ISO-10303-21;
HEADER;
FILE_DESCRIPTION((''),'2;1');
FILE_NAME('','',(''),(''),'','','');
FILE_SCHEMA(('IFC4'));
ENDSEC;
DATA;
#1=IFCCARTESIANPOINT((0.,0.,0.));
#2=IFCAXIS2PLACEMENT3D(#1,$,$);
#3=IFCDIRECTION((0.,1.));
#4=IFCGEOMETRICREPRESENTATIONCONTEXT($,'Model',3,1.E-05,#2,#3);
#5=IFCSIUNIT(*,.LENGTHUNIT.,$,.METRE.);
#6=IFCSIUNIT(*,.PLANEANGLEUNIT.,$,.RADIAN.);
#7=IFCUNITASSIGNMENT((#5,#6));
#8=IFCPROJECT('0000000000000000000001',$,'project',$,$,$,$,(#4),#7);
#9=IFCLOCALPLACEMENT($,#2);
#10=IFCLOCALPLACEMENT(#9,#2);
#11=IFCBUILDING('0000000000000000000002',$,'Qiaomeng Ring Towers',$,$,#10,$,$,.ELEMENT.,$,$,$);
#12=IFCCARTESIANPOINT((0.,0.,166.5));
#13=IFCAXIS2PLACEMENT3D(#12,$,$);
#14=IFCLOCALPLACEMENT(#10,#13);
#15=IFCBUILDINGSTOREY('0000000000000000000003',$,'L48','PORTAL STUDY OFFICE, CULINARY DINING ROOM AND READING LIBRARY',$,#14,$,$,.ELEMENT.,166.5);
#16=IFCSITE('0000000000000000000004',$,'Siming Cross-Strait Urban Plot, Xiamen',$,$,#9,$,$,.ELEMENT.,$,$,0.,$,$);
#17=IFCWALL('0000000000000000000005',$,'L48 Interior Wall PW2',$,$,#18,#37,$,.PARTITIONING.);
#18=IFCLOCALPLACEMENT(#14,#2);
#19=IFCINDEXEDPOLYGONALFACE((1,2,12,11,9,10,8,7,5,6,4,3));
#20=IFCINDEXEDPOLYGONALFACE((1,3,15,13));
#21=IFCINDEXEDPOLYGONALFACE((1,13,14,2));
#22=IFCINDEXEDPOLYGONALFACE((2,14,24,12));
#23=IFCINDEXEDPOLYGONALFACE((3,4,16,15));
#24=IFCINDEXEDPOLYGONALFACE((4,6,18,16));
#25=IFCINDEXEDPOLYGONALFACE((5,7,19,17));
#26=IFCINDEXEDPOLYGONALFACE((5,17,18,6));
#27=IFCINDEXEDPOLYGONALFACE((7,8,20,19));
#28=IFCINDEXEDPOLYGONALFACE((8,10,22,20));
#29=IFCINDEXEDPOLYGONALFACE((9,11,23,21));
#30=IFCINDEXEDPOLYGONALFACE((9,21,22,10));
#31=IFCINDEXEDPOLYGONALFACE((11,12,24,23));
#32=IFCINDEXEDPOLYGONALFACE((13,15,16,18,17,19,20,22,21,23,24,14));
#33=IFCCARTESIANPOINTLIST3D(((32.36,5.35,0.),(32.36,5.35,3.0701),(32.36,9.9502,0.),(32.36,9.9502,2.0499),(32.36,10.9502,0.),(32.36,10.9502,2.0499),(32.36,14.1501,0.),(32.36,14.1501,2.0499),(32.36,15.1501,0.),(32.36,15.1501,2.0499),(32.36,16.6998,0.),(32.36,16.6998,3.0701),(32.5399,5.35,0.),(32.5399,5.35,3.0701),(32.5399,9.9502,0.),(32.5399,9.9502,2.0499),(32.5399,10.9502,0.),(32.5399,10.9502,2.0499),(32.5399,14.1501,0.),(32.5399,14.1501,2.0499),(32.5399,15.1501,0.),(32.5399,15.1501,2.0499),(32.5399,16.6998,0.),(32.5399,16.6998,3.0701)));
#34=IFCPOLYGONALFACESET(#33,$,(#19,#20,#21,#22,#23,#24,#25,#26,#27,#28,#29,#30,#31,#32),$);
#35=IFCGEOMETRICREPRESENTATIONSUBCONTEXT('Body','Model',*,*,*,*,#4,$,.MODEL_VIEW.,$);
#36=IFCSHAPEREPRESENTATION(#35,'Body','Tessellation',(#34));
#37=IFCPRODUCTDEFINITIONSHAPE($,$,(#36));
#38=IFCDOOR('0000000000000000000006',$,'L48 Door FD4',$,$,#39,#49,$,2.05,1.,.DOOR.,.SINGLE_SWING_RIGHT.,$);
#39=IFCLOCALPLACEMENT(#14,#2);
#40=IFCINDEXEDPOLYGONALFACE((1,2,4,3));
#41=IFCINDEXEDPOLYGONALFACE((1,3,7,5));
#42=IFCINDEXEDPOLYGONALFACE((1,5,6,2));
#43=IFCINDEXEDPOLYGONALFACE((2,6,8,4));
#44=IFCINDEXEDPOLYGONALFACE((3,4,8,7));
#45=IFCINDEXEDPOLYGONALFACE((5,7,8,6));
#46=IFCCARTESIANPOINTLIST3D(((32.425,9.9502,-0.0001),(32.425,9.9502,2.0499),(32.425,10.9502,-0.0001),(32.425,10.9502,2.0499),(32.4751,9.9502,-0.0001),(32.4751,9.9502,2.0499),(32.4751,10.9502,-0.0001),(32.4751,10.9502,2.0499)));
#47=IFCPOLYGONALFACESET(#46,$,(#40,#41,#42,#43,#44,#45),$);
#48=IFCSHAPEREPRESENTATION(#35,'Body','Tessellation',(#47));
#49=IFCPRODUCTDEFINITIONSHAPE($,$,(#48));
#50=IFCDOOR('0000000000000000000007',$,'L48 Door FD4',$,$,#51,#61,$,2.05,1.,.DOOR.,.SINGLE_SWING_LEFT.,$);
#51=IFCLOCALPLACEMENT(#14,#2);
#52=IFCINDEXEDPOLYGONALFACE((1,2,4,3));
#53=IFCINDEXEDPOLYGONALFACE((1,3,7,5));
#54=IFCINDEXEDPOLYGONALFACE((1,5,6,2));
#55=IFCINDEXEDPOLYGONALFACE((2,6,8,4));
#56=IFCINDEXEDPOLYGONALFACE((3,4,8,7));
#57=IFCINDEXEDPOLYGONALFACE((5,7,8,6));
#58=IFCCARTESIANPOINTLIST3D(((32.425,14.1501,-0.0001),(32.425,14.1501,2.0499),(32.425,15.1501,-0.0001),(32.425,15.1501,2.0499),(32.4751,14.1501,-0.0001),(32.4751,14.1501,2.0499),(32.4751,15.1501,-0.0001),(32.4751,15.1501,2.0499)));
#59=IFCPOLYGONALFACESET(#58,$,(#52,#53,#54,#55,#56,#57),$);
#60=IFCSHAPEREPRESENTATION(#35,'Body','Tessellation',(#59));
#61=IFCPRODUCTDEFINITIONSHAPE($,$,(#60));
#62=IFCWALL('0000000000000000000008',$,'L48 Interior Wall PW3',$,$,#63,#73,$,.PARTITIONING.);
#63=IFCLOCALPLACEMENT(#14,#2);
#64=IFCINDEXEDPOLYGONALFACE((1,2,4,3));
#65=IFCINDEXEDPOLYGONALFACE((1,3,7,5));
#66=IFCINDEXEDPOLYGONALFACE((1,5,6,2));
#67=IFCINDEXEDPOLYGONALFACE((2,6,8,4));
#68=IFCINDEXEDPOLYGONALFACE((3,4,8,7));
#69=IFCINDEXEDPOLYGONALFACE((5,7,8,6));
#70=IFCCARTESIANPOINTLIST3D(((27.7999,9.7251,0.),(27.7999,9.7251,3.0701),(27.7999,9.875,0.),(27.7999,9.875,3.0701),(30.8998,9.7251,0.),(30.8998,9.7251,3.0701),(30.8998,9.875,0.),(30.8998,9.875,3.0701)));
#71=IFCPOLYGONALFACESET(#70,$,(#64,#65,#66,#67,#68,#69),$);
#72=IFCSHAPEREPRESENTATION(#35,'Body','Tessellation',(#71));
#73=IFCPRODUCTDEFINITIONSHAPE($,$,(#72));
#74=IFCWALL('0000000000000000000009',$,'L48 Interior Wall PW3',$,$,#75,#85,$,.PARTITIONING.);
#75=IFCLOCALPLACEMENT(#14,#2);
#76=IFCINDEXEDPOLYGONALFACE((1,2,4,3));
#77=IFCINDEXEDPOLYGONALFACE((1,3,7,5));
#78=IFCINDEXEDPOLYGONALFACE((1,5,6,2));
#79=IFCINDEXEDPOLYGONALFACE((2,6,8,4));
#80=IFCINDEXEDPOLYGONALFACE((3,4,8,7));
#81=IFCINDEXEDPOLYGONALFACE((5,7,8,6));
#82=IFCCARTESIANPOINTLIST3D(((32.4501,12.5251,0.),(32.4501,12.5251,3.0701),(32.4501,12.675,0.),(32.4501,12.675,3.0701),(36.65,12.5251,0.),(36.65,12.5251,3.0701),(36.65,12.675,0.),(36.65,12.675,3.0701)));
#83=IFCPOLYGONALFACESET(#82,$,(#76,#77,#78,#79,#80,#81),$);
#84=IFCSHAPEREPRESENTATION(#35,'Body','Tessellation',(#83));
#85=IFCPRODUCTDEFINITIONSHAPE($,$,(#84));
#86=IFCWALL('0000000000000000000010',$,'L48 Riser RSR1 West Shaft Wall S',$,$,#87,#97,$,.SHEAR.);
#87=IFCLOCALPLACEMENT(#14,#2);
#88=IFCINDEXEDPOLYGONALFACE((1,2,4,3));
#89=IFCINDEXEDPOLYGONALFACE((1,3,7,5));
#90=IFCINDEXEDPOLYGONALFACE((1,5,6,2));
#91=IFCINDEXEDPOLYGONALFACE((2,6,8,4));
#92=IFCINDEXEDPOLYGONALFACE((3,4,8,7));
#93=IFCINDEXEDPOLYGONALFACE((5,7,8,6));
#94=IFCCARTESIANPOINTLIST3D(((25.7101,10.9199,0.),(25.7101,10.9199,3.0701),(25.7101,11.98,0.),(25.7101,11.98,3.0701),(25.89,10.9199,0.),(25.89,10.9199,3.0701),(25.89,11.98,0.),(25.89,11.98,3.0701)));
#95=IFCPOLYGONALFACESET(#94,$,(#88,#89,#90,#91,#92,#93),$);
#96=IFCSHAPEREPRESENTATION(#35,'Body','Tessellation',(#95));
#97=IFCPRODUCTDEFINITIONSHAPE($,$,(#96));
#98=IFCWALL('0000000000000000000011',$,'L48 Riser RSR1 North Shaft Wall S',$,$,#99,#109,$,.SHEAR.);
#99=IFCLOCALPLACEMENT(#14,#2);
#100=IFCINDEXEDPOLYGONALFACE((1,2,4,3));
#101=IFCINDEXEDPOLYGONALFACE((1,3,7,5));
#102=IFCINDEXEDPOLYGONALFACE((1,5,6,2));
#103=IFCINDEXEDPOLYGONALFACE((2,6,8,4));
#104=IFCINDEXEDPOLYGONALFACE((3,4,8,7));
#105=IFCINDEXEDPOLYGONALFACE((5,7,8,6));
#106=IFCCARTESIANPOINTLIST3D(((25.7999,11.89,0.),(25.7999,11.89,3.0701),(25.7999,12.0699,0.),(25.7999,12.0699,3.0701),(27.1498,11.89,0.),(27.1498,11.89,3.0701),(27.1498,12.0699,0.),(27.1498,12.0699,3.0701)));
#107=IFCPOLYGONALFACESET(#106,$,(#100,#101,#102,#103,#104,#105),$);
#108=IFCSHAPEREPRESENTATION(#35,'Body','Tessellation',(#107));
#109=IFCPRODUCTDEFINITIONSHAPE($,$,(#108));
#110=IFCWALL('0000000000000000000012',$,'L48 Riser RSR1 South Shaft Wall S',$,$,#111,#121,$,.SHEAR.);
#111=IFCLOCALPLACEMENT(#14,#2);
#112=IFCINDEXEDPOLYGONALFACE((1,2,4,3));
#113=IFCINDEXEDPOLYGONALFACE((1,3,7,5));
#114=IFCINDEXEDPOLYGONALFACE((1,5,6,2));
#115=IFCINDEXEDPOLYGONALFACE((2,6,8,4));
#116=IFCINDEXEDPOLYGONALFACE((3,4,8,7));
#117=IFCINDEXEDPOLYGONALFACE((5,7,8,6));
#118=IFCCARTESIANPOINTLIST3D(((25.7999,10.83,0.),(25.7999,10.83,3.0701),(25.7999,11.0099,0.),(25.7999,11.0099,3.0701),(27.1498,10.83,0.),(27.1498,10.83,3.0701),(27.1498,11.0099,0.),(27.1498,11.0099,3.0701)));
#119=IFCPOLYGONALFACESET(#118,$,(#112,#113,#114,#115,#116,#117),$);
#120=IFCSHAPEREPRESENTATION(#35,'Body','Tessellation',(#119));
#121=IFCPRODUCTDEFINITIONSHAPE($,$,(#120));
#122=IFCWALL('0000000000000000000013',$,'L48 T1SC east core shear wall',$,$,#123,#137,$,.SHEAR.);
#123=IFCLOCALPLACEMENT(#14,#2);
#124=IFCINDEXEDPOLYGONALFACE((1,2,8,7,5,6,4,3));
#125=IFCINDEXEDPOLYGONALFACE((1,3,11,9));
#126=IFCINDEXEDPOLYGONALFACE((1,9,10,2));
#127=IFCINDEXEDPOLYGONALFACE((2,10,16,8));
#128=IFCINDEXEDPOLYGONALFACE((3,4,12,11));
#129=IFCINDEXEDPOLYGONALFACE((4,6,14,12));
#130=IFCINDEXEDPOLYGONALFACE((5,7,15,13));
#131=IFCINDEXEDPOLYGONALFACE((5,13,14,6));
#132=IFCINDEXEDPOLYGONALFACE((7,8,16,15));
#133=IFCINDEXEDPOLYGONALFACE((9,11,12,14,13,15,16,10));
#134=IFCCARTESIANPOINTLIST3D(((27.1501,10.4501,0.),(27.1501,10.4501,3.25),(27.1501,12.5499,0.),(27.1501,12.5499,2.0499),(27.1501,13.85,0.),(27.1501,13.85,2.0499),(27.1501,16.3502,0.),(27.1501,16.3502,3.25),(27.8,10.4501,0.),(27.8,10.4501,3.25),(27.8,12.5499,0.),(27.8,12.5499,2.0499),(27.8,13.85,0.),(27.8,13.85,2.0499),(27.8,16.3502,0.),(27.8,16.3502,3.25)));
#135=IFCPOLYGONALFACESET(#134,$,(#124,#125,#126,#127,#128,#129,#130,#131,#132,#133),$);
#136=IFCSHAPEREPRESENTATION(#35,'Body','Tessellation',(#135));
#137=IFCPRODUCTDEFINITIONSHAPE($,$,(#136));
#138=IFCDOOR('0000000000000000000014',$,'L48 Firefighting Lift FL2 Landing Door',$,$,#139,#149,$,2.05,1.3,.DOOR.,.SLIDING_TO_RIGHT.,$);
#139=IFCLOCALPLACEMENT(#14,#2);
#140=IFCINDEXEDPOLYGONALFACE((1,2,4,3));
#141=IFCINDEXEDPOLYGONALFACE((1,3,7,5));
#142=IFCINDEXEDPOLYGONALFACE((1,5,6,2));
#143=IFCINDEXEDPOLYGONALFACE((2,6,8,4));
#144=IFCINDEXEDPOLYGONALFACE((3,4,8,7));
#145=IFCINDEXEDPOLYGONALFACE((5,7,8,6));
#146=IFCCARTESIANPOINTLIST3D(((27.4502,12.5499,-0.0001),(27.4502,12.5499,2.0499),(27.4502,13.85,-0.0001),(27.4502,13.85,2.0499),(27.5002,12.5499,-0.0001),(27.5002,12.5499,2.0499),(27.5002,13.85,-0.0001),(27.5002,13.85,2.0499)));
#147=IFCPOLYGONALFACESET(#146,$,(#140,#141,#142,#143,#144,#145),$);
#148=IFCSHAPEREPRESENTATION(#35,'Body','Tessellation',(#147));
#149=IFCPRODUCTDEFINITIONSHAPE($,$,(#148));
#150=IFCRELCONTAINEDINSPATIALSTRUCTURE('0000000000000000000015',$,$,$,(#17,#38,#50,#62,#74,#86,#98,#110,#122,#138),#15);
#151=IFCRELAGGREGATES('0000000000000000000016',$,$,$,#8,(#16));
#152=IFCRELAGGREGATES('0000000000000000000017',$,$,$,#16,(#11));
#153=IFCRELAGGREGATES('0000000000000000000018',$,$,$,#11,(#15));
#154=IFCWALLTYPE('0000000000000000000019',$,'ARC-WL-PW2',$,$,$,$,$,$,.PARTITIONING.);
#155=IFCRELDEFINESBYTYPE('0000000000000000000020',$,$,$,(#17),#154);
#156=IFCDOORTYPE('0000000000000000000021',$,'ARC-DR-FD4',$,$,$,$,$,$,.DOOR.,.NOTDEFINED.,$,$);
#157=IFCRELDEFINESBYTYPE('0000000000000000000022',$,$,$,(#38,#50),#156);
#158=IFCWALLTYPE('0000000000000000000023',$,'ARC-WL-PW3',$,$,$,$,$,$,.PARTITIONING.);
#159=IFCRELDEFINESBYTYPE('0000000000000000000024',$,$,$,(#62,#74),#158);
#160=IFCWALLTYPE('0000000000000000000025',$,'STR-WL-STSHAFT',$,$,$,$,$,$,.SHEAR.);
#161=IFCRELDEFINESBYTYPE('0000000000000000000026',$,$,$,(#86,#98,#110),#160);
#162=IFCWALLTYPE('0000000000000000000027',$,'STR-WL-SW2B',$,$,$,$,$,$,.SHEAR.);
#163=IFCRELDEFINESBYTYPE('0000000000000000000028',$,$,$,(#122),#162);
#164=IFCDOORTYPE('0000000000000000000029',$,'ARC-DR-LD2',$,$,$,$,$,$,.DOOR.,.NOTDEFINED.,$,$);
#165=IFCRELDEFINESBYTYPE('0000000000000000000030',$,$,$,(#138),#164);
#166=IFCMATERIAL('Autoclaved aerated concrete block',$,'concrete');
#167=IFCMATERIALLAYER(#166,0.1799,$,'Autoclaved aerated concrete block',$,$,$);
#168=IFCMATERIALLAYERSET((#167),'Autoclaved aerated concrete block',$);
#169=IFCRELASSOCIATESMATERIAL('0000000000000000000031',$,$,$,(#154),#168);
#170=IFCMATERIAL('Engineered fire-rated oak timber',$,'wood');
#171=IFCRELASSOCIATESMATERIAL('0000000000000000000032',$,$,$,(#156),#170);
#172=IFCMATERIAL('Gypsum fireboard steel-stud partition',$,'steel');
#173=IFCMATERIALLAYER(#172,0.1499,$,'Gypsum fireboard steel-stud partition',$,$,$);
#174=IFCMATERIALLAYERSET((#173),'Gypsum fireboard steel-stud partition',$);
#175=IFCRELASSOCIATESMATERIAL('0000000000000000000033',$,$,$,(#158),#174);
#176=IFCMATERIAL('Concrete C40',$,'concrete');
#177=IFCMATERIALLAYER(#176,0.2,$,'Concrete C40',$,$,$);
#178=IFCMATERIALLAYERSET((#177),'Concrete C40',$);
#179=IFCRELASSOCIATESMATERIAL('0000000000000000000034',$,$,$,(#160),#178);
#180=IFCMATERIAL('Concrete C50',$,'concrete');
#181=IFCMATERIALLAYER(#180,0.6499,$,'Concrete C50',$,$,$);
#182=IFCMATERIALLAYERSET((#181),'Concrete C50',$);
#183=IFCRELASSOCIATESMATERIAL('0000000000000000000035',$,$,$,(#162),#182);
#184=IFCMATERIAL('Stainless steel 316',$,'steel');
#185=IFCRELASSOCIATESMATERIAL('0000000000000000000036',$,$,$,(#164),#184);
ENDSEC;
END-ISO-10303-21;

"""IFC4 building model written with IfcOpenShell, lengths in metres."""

from ifc_helpers import new_model, si_unit, direction, frame, frame_2d, origin, place, context, subcontext, project, spatial, rectangle, extrude, source, transform, mapped, material, layer, layer_set, type_object, element, fill, save


model = new_model("IFC4")

# Units and contexts
model_context = context("Model", 3, precision=1e-05, world=origin(), true_north=direction((0.0, 1.0)))
body_context = subcontext(model_context, "Body", "Model", "MODEL_VIEW")
ifc_project = project(units=[si_unit("LENGTHUNIT", "METRE"), si_unit("PLANEANGLEUNIT", "RADIAN")], contexts=[model_context])

# Site, building, storey
site_placement = place(None, origin())
site = spatial("IfcSite", under=ifc_project, at=site_placement, Name="Siming Cross-Strait Urban Plot, Xiamen", CompositionType="ELEMENT", RefElevation=0.0)
building_placement = place(site_placement, origin())
building = spatial("IfcBuilding", under=site, at=building_placement, Name="Qiaomeng Ring Towers", CompositionType="ELEMENT")
storey_placement = place(building_placement, frame((0.0, 0.0, 166.5)))
storey = spatial("IfcBuildingStorey", under=building, at=storey_placement, Name="L48", Description="PORTAL STUDY OFFICE, CULINARY DINING ROOM AND READING LIBRARY", CompositionType="ELEMENT", Elevation=166.5)

# Shared definitions
ifc_material_1 = material(Name="Concrete C50", Category="concrete")

# Shared definitions
ifc_material_2 = material(Name="Autoclaved aerated concrete block", Category="concrete")

# Shared definitions
ifc_layer_1 = layer(ifc_material_2, 0.1799, Name="Autoclaved aerated concrete block")
ifc_layer_set_1 = layer_set([ifc_layer_1], Name="Autoclaved aerated concrete block")
wall_type_1 = type_object("IfcWallType", Name="ARC-WL-PW2", PredefinedType="PARTITIONING", material=ifc_layer_set_1)

# Wall, openings, doors
wall_1_placement = place(storey_placement, frame((32.45, 5.3501, 0.0), z_axis=(0.0, 0.0, 1.0), x_axis=(0.0, 1.0, 0.0)))
wall_1 = element("IfcWall", 1, at=wall_1_placement, inside=storey, type_object=wall_type_1, Name="L48 Interior Wall PW2", PredefinedType="PARTITIONING", context=body_context, shape_type="SweptSolid", body=[
    extrude(rectangle(XDim=11.3499, YDim=0.1799, at=frame_2d((5.6748, 0.0))), origin(), (0.0, 0.0, 1.0), 3.0701),
])
opening_1_placement = place(wall_1_placement, frame((4.6001, 0.0, 0.0)))
opening_1 = element("IfcOpeningElement", 2, at=opening_1_placement, cuts=wall_1, PredefinedType="OPENING", context=body_context, shape_type="SweptSolid", body=[
    extrude(rectangle(XDim=1.0, YDim=2.05, at=frame_2d((0.5, 1.0249))), frame((0.0, 0.0999, 0.0), z_axis=(0.0, -1.0, 0.0), x_axis=(1.0, 0.0, 0.0)), (0.0, 0.0, 1.0), 0.2),
])
opening_2_placement = place(wall_1_placement, frame((8.8, 0.0, 0.0)))
opening_2 = element("IfcOpeningElement", 3, at=opening_2_placement, cuts=wall_1, PredefinedType="OPENING", context=body_context, shape_type="SweptSolid", body=[
    extrude(rectangle(XDim=1.0, YDim=2.05, at=frame_2d((0.5, 1.0249))), frame((0.0, 0.0999, 0.0), z_axis=(0.0, -1.0, 0.0), x_axis=(1.0, 0.0, 0.0)), (0.0, 0.0, 1.0), 0.2),
])
ifc_material_3 = material(Name="Engineered fire-rated oak timber", Category="wood")
door_type_1 = type_object("IfcDoorType", Name="ARC-DR-FD4", OperationType="NOTDEFINED", PredefinedType="DOOR", material=ifc_material_3)
shared_shape_1 = source(origin(), body_context, "Body", "SweptSolid", [
    extrude(rectangle(XDim=1.0, YDim=2.05, at=frame_2d((0.5, 1.0249))), frame((0.0, 0.0249, 0.0), z_axis=(0.0, -1.0, 0.0), x_axis=(1.0, 0.0, 0.0)), (0.0, 0.0, 1.0), 0.05),
])
door_1_placement = place(opening_1_placement, origin())
door_1 = element("IfcDoor", 4, at=door_1_placement, inside=storey, type_object=door_type_1, Name="L48 Door FD4", OperationType="SINGLE_SWING_RIGHT", OverallHeight=2.05, OverallWidth=1.0, PredefinedType="DOOR", context=body_context, shape_type="MappedRepresentation", body=[
    mapped(shared_shape_1, transform((0.0, 0.0, 0.0), x_axis=(1.0, 0.0, 0.0), y_axis=(0.0, 1.0, 0.0), z_axis=(0.0, 0.0, 1.0), scale=1.0)),
])
fill(opening_1, door_1)
door_2_placement = place(opening_2_placement, origin())
door_2 = element("IfcDoor", 5, at=door_2_placement, inside=storey, type_object=door_type_1, Name="L48 Door FD4", OperationType="SINGLE_SWING_LEFT", OverallHeight=2.05, OverallWidth=1.0, PredefinedType="DOOR", context=body_context, shape_type="MappedRepresentation", body=[
    mapped(shared_shape_1, transform((0.0, 0.0, 0.0), x_axis=(1.0, 0.0, 0.0), y_axis=(0.0, 1.0, 0.0), z_axis=(0.0, 0.0, 1.0), scale=1.0)),
])
fill(opening_2, door_2)

# Walls
ifc_material_4 = material(Name="Gypsum fireboard steel-stud partition", Category="steel")
ifc_layer_2 = layer(ifc_material_4, 0.1499, Name="Gypsum fireboard steel-stud partition")
ifc_layer_set_2 = layer_set([ifc_layer_2], Name="Gypsum fireboard steel-stud partition")
wall_type_2 = type_object("IfcWallType", Name="ARC-WL-PW3", PredefinedType="PARTITIONING", material=ifc_layer_set_2)
wall_2_placement = place(storey_placement, frame((27.8, 9.8, 0.0), z_axis=(0.0, 0.0, 1.0), x_axis=(1.0, 0.0, 0.0)))
element("IfcWall", 6, at=wall_2_placement, inside=storey, type_object=wall_type_2, Name="L48 Interior Wall PW3", PredefinedType="PARTITIONING", context=body_context, shape_type="SweptSolid", body=[
    extrude(rectangle(XDim=3.0999, YDim=0.1499, at=frame_2d((1.5498, 0.0))), origin(), (0.0, 0.0, 1.0), 3.0701),
])
wall_3_placement = place(storey_placement, frame((32.45, 12.6001, 0.0), z_axis=(0.0, 0.0, 1.0), x_axis=(1.0, 0.0, 0.0)))
element("IfcWall", 7, at=wall_3_placement, inside=storey, type_object=wall_type_2, Name="L48 Interior Wall PW3", PredefinedType="PARTITIONING", context=body_context, shape_type="SweptSolid", body=[
    extrude(rectangle(XDim=4.2, YDim=0.1499, at=frame_2d((2.1001, 0.0))), origin(), (0.0, 0.0, 1.0), 3.0701),
])
ifc_material_5 = material(Name="Concrete C40", Category="concrete")
ifc_layer_3 = layer(ifc_material_5, 0.2, Name="Concrete C40")
ifc_layer_set_3 = layer_set([ifc_layer_3], Name="Concrete C40")
wall_type_3 = type_object("IfcWallType", Name="STR-WL-STSHAFT", PredefinedType="SHEAR", material=ifc_layer_set_3)
wall_4_placement = place(storey_placement, frame((25.8, 10.9199, 0.0), z_axis=(0.0, 0.0, 1.0), x_axis=(0.0, 1.0, 0.0)))
element("IfcWall", 8, at=wall_4_placement, inside=storey, type_object=wall_type_3, Name="L48 Riser RSR1 West Shaft Wall S", PredefinedType="SHEAR", context=body_context, shape_type="SweptSolid", body=[
    extrude(rectangle(XDim=1.0601, YDim=0.1799, at=frame_2d((0.53, 0.0))), origin(), (0.0, 0.0, 1.0), 3.0701),
])
for number, where, z_axis, x_axis, name in (
    (9, (25.8, 11.98, 0.0), (0.0, 0.0, 1.0), (1.0, 0.0, 0.0), "L48 Riser RSR1 North Shaft Wall S"),
    (10, (25.8, 10.9199, 0.0), (0.0, 0.0, 1.0), (1.0, 0.0, 0.0), "L48 Riser RSR1 South Shaft Wall S"),
):
    element("IfcWall", number, at=place(storey_placement, frame(where, z_axis=z_axis, x_axis=x_axis)), inside=storey, type_object=wall_type_3, Name=name, PredefinedType="SHEAR", context=body_context, shape_type="SweptSolid", body=[
        extrude(rectangle(XDim=1.3499, YDim=0.1799, at=frame_2d((0.6748, 0.0))), origin(), (0.0, 0.0, 1.0), 3.0701),
    ])

# Wall, opening, door
ifc_layer_4 = layer(ifc_material_1, 0.6499, Name="Concrete C50")
ifc_layer_set_4 = layer_set([ifc_layer_4], Name="Concrete C50")
wall_type_4 = type_object("IfcWallType", Name="STR-WL-SW2B", PredefinedType="SHEAR", material=ifc_layer_set_4)
wall_5_placement = place(storey_placement, frame((27.4751, 10.45, 0.0), z_axis=(0.0, 0.0, 1.0), x_axis=(0.0, 1.0, 0.0)))
wall_5 = element("IfcWall", 11, at=wall_5_placement, inside=storey, type_object=wall_type_4, Name="L48 T1SC east core shear wall", PredefinedType="SHEAR", context=body_context, shape_type="SweptSolid", body=[
    extrude(rectangle(XDim=5.9001, YDim=0.6499, at=frame_2d((2.9502, 0.0))), origin(), (0.0, 0.0, 1.0), 3.25),
])
opening_3_placement = place(wall_5_placement, frame((2.1001, 0.0, 0.0)))
opening_3 = element("IfcOpeningElement", 12, at=opening_3_placement, cuts=wall_5, PredefinedType="OPENING", context=body_context, shape_type="SweptSolid", body=[
    extrude(rectangle(XDim=1.3, YDim=2.05, at=frame_2d((0.6499, 1.0249))), frame((0.0, 0.335, 0.0), z_axis=(0.0, -1.0, 0.0), x_axis=(1.0, 0.0, 0.0)), (0.0, 0.0, 1.0), 0.6699),
])
ifc_material_6 = material(Name="Stainless steel 316", Category="steel")
door_type_2 = type_object("IfcDoorType", Name="ARC-DR-LD2", OperationType="NOTDEFINED", PredefinedType="DOOR", material=ifc_material_6)
shared_shape_2 = source(origin(), body_context, "Body", "SweptSolid", [
    extrude(rectangle(XDim=1.3, YDim=2.05, at=frame_2d((0.6499, 1.0249))), frame((0.0, 0.0249, 0.0), z_axis=(0.0, -1.0, 0.0), x_axis=(1.0, 0.0, 0.0)), (0.0, 0.0, 1.0), 0.05),
])
door_3_placement = place(opening_3_placement, origin())
door_3 = element("IfcDoor", 13, at=door_3_placement, inside=storey, type_object=door_type_2, Name="L48 Firefighting Lift FL2 Landing Door", OperationType="SLIDING_TO_RIGHT", OverallHeight=2.05, OverallWidth=1.3, PredefinedType="DOOR", context=body_context, shape_type="MappedRepresentation", body=[
    mapped(shared_shape_2, transform((0.0, 0.0, 0.0), x_axis=(1.0, 0.0, 0.0), y_axis=(0.0, 1.0, 0.0), z_axis=(0.0, 0.0, 1.0), scale=1.0)),
])
fill(opening_3, door_3)

save(model, "model.ifc")
